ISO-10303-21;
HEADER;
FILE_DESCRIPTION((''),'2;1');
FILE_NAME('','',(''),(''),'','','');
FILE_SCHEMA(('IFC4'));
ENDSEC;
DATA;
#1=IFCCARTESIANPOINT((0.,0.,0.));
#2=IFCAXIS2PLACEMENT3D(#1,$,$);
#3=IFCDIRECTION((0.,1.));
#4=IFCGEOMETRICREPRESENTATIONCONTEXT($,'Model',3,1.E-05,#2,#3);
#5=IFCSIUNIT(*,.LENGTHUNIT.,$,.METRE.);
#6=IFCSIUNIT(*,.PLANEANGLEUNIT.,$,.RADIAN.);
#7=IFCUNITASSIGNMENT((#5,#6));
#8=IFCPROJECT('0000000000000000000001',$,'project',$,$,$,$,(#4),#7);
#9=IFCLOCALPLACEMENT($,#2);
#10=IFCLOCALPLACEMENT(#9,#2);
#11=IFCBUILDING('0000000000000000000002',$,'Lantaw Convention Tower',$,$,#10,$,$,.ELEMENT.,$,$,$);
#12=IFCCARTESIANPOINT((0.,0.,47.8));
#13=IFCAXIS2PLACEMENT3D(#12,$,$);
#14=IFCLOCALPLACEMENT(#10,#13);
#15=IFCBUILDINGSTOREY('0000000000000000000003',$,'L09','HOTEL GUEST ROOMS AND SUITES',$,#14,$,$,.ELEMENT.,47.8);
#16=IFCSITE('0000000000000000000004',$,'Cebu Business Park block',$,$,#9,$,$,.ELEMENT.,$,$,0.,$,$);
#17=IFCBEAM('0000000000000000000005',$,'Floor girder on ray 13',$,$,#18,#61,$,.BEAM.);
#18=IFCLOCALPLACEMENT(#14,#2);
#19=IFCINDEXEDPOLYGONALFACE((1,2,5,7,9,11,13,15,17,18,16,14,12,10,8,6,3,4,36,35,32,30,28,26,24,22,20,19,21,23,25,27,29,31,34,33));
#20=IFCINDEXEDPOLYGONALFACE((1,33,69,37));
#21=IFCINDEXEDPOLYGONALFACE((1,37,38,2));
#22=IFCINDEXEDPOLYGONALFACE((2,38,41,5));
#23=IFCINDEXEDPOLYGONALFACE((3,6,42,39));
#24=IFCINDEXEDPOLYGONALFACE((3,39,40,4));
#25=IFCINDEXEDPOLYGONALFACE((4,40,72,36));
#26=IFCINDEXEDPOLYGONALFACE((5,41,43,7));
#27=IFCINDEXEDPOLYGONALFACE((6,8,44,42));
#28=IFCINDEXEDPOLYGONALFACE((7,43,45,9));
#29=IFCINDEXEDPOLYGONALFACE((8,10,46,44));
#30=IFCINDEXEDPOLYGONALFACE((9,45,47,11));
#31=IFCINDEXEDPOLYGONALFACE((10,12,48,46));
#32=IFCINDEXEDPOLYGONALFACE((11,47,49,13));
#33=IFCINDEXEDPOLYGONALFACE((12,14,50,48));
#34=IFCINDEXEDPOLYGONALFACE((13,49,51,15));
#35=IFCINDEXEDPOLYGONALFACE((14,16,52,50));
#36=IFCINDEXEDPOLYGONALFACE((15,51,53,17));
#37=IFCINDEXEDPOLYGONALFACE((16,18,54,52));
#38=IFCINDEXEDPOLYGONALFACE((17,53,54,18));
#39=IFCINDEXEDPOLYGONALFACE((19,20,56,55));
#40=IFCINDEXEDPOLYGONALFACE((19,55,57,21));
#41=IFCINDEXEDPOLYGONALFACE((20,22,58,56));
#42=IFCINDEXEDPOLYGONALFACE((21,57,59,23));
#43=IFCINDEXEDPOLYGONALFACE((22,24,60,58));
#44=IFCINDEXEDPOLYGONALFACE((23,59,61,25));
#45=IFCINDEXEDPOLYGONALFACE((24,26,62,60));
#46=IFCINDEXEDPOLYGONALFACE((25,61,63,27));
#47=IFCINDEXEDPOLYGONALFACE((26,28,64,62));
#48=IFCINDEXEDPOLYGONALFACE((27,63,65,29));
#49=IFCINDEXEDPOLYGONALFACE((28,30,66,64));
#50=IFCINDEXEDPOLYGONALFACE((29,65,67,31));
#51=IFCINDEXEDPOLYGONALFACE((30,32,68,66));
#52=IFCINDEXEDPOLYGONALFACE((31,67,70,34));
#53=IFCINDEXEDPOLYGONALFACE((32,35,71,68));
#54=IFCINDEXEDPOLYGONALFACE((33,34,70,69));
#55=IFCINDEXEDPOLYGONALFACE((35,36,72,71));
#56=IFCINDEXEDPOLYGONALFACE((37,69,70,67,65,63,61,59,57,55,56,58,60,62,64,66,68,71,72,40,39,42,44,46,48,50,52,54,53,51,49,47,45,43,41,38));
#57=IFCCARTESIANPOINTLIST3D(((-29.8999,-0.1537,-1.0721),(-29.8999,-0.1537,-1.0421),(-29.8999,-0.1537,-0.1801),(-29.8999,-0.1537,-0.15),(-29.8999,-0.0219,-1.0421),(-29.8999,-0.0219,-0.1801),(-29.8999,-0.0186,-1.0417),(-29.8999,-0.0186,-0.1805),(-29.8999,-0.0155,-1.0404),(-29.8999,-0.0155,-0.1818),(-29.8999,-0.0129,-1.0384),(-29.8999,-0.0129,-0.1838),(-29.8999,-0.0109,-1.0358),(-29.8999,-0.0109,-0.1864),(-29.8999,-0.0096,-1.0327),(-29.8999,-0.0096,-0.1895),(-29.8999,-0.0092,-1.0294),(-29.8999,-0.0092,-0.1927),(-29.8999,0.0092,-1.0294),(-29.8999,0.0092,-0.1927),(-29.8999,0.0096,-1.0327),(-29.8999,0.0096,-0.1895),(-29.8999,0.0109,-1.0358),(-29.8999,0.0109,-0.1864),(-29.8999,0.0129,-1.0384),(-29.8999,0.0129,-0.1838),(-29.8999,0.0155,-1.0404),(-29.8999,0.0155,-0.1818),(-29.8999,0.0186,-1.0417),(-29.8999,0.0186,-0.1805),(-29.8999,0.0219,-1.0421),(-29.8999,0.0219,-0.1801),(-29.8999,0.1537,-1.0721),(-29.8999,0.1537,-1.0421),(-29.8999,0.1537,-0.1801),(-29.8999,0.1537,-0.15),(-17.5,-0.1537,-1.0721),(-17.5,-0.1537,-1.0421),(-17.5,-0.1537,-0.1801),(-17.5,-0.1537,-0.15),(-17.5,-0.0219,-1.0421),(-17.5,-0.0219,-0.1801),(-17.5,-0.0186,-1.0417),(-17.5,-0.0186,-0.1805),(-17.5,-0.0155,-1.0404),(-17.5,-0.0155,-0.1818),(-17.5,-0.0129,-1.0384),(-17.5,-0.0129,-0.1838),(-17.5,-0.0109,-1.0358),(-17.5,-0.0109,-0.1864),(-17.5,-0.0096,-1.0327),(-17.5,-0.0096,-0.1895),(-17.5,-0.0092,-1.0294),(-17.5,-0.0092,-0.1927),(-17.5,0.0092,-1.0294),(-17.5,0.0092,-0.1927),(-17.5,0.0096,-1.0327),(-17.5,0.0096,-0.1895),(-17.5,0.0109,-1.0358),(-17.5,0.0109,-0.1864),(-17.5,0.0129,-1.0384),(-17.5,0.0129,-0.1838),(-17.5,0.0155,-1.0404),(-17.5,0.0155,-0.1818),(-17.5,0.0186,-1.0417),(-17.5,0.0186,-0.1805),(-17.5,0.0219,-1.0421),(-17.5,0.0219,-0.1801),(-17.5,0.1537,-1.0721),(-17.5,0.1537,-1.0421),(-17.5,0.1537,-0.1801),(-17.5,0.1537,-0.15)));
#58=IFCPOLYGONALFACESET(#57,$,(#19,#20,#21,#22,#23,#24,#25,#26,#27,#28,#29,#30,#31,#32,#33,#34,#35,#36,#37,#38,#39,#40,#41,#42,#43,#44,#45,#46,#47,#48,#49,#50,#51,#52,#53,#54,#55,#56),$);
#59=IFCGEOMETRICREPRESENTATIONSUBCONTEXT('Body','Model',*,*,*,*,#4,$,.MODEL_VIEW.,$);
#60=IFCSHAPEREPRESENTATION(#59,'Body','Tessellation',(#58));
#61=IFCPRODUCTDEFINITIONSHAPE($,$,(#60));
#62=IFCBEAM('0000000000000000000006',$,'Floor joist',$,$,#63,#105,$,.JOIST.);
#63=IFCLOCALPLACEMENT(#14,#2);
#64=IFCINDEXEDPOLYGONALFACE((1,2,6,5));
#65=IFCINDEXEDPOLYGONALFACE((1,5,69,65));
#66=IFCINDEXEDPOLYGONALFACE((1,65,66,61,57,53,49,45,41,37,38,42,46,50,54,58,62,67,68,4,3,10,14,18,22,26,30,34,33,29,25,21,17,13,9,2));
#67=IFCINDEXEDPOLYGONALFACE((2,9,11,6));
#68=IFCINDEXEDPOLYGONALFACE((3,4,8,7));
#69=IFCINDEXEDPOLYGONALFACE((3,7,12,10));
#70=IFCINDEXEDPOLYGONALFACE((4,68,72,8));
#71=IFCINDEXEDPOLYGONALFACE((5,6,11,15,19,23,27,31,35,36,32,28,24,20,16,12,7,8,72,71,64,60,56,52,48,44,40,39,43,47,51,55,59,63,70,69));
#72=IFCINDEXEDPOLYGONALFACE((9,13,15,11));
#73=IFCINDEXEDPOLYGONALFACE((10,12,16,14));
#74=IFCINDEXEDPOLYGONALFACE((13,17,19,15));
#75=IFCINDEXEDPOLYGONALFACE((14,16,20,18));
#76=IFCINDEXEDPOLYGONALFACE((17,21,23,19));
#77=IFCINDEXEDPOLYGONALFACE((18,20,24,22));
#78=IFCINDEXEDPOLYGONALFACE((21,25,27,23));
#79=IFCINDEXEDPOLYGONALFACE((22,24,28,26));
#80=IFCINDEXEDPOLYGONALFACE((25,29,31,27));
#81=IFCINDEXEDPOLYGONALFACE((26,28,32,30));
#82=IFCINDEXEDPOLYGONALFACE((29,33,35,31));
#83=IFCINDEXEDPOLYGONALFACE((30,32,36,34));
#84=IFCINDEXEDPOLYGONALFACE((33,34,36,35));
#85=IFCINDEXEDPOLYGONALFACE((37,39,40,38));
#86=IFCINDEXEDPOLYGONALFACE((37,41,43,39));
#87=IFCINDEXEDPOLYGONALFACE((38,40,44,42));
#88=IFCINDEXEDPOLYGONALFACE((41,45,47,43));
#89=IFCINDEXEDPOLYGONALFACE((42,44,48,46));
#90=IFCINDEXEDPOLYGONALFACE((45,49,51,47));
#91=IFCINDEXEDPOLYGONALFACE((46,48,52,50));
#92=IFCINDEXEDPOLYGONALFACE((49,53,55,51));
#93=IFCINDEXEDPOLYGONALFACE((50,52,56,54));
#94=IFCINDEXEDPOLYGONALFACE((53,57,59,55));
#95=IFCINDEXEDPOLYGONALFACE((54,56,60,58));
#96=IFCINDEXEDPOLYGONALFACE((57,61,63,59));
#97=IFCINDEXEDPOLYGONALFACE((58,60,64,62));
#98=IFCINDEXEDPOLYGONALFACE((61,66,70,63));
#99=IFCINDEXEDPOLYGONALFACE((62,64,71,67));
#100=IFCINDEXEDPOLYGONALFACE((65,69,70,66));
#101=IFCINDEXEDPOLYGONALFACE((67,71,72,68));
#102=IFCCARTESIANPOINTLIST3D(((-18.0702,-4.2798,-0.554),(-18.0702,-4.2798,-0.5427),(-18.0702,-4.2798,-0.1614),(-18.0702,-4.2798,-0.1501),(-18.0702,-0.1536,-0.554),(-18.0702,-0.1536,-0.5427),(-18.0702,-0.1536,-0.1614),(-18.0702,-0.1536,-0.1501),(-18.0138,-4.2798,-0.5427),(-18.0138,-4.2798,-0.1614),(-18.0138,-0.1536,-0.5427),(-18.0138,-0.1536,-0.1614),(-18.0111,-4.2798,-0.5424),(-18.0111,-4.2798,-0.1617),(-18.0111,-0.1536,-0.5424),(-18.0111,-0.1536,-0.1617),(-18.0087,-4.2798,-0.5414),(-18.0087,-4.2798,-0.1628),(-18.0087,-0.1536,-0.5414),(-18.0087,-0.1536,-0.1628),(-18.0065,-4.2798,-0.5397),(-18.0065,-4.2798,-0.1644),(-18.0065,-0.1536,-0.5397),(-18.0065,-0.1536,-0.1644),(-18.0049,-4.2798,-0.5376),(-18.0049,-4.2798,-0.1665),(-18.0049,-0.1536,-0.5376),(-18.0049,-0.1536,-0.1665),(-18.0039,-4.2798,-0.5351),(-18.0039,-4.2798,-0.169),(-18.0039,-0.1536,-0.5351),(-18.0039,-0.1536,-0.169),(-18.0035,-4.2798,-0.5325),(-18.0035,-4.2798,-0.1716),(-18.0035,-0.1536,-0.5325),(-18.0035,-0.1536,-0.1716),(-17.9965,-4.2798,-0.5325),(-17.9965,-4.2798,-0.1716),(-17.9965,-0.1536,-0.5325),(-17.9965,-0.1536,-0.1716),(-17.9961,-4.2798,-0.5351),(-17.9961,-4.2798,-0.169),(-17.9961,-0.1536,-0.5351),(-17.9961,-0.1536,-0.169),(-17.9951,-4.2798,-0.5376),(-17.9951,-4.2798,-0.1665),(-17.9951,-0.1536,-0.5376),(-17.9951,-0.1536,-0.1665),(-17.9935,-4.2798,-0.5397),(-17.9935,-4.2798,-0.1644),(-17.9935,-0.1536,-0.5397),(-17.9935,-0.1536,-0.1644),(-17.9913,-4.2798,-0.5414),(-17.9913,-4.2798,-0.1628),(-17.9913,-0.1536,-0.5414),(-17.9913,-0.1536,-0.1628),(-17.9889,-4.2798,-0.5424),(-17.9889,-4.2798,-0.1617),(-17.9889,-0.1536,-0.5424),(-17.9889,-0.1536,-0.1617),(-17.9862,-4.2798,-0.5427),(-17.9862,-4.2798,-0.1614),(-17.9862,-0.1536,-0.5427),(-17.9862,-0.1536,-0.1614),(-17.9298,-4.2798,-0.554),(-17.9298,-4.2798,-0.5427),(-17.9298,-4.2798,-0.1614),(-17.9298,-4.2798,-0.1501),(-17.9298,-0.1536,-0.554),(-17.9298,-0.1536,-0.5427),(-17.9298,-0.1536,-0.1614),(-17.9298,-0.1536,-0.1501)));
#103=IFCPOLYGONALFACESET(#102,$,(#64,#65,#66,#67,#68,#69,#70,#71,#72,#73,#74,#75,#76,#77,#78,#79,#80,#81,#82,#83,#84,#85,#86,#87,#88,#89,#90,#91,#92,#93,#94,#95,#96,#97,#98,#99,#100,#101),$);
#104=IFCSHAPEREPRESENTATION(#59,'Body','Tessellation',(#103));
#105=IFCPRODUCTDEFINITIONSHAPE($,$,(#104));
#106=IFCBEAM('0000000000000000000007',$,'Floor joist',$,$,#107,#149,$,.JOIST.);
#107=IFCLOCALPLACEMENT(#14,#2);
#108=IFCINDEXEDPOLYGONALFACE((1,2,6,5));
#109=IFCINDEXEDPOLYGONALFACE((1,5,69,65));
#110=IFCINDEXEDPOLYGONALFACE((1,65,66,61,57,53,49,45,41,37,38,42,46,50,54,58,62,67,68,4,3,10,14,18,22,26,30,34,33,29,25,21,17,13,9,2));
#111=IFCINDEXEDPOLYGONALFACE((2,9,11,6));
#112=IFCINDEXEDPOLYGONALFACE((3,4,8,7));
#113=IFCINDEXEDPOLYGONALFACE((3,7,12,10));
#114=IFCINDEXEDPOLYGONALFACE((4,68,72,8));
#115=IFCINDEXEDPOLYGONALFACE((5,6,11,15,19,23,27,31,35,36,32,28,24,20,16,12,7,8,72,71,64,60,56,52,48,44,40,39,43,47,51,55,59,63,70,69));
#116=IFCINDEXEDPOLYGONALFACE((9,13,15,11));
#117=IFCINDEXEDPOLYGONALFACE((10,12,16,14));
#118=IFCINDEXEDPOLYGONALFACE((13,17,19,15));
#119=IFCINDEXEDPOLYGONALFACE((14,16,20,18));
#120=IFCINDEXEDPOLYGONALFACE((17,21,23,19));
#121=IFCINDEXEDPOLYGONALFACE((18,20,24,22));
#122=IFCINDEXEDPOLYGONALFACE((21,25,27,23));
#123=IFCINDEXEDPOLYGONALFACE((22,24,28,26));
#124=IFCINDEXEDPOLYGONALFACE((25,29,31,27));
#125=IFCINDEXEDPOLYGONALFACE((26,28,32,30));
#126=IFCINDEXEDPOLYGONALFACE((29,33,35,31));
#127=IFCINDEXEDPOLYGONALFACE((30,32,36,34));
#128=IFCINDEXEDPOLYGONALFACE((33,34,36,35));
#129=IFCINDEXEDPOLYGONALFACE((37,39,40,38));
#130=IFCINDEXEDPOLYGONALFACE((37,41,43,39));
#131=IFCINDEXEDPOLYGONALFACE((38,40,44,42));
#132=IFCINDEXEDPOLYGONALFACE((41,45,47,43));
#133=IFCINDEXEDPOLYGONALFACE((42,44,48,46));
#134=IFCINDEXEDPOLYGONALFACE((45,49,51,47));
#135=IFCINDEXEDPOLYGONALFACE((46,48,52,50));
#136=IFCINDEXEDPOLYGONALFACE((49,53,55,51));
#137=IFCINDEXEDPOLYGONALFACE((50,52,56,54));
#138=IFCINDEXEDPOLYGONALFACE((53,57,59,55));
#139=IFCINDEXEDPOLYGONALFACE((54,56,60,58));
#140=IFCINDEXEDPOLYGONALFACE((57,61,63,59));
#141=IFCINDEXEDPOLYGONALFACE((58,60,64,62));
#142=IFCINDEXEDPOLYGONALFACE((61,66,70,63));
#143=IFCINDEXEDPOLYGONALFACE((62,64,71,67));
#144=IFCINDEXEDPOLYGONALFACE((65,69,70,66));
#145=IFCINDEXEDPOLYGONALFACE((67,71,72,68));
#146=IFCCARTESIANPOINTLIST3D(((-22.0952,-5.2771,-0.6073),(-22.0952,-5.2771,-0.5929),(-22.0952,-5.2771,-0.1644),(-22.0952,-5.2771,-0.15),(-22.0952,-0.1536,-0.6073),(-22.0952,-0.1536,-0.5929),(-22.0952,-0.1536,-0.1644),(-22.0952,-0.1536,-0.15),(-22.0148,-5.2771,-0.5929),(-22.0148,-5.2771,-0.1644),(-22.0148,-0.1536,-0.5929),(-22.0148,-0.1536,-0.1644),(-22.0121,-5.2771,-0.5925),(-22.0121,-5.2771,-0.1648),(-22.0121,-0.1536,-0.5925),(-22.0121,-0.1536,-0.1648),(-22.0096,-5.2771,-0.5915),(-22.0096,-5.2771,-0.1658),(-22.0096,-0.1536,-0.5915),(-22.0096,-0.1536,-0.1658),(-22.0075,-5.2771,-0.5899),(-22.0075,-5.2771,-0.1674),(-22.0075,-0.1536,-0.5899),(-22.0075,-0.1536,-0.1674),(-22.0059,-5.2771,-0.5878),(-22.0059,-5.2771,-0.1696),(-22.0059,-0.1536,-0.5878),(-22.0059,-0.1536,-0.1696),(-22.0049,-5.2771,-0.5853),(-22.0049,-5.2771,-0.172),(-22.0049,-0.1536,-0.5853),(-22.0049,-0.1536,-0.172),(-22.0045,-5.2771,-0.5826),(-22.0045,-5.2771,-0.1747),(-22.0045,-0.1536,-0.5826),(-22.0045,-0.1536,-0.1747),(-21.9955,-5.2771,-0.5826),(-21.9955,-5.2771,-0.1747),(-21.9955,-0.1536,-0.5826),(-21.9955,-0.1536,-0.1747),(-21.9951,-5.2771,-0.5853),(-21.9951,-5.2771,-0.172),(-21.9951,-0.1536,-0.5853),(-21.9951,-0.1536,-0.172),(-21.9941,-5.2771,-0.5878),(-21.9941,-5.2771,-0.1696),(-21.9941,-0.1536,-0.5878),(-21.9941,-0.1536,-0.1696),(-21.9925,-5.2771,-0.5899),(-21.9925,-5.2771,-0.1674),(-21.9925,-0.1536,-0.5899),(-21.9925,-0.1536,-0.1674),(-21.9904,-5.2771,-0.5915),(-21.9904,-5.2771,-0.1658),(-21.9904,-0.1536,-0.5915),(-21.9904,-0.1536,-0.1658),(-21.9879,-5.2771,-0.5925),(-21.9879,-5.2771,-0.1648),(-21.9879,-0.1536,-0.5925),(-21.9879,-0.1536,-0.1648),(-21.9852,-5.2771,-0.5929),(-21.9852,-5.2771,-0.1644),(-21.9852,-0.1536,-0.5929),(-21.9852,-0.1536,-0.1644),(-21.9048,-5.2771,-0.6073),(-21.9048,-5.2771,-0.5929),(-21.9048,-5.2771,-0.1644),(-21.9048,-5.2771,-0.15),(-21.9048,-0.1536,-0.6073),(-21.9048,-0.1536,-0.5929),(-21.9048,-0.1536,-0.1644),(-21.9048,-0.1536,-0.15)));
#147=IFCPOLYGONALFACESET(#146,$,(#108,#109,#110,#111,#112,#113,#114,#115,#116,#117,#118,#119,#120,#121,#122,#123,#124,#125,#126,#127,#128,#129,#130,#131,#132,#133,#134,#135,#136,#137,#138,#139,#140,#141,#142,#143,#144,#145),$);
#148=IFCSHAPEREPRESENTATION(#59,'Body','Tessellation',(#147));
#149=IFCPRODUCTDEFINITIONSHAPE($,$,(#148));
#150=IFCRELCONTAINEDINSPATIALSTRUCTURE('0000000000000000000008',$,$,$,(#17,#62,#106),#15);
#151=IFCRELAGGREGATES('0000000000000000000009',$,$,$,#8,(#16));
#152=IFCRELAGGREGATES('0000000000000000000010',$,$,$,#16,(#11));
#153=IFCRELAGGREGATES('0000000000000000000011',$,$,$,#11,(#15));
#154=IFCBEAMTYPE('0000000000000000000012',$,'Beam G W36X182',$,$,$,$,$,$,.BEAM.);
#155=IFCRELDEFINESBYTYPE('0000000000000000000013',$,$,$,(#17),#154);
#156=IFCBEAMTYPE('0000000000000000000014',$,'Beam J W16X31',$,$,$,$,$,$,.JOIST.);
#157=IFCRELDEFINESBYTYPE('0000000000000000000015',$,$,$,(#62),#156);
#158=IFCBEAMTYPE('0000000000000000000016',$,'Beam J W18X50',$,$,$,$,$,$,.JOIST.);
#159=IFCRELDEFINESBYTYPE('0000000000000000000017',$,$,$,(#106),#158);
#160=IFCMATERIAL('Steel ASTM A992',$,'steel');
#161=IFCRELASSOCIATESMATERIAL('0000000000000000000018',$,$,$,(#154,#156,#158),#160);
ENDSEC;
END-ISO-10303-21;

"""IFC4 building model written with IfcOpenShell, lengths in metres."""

from ifc_helpers import new_model, si_unit, direction, frame, origin, origin_2d, place, context, subcontext, project, spatial, i_section, extrude, material, material_profile, profile_set, type_object, element, save


model = new_model("IFC4")

# Units and contexts
model_context = context("Model", 3, precision=1e-05, world=origin(), true_north=direction((0.0, 1.0)))
body_context = subcontext(model_context, "Body", "Model", "MODEL_VIEW")
ifc_project = project(units=[si_unit("LENGTHUNIT", "METRE"), si_unit("PLANEANGLEUNIT", "RADIAN")], contexts=[model_context])

# Site, building, storey
site_placement = place(None, origin())
site = spatial("IfcSite", under=ifc_project, at=site_placement, Name="Cebu Business Park block", CompositionType="ELEMENT", RefElevation=0.0)
building_placement = place(site_placement, origin())
building = spatial("IfcBuilding", under=site, at=building_placement, Name="Lantaw Convention Tower", CompositionType="ELEMENT")
storey_placement = place(building_placement, frame((0.0, 0.0, 47.8)))
storey = spatial("IfcBuildingStorey", under=building, at=storey_placement, Name="L09", Description="HOTEL GUEST ROOMS AND SUITES", CompositionType="ELEMENT", Elevation=47.8)

# Beams
ifc_material_1 = material(Name="Steel ASTM A992", Category="steel")
ifc_material_profile_1 = material_profile(ifc_material_1, i_section(OverallWidth=0.3074, OverallDepth=0.9221, WebThickness=0.0183, FlangeThickness=0.03, FilletRadius=0.0127, at=origin_2d()), Name="W36X182")
ifc_profile_set_1 = profile_set([ifc_material_profile_1], Name="Steel ASTM A992")
beam_type_1 = type_object("IfcBeamType", Name="Beam G W36X182", PredefinedType="BEAM", material=ifc_profile_set_1)
beam_1_placement = place(storey_placement, frame((-17.5, 0.0, -0.6111), z_axis=(-1.0, 0.0, 0.0), x_axis=(0.0, -1.0, 0.0)))
element("IfcBeam", 1, at=beam_1_placement, inside=storey, type_object=beam_type_1, Name="Floor girder on ray 13", PredefinedType="BEAM", context=body_context, shape_type="SweptSolid", body=[
    extrude(i_section(OverallWidth=0.3074, OverallDepth=0.9221, WebThickness=0.0183, FlangeThickness=0.03, FilletRadius=0.0127, at=origin_2d()), origin(), (0.0, 0.0, 1.0), 12.3999),
])
ifc_material_profile_2 = material_profile(ifc_material_1, i_section(OverallWidth=0.1404, OverallDepth=0.4038, WebThickness=0.0071, FlangeThickness=0.0112, FilletRadius=0.0103, at=origin_2d()), Name="W16X31")
ifc_profile_set_2 = profile_set([ifc_material_profile_2], Name="Steel ASTM A992")
beam_type_2 = type_object("IfcBeamType", Name="Beam J W16X31", PredefinedType="JOIST", material=ifc_profile_set_2)
beam_2_placement = place(storey_placement, frame((-18.0, -4.2798, -0.3521), z_axis=(0.0, 1.0, 0.0), x_axis=(-1.0, 0.0, 0.0)))
element("IfcBeam", 2, at=beam_2_placement, inside=storey, type_object=beam_type_2, Name="Floor joist", PredefinedType="JOIST", context=body_context, shape_type="SweptSolid", body=[
    extrude(i_section(OverallWidth=0.1404, OverallDepth=0.4038, WebThickness=0.0071, FlangeThickness=0.0112, FilletRadius=0.0103, at=origin_2d()), origin(), (0.0, 0.0, 1.0), 4.1262),
])
ifc_material_profile_3 = material_profile(ifc_material_1, i_section(OverallWidth=0.1904, OverallDepth=0.4573, WebThickness=0.009, FlangeThickness=0.0144, FilletRadius=0.0103, at=origin_2d()), Name="W18X50")
ifc_profile_set_3 = profile_set([ifc_material_profile_3], Name="Steel ASTM A992")
beam_type_3 = type_object("IfcBeamType", Name="Beam J W18X50", PredefinedType="JOIST", material=ifc_profile_set_3)
beam_3_placement = place(storey_placement, frame((-22.0, -5.2771, -0.3787), z_axis=(0.0, 1.0, 0.0), x_axis=(-1.0, 0.0, 0.0)))
element("IfcBeam", 3, at=beam_3_placement, inside=storey, type_object=beam_type_3, Name="Floor joist", PredefinedType="JOIST", context=body_context, shape_type="SweptSolid", body=[
    extrude(i_section(OverallWidth=0.1904, OverallDepth=0.4573, WebThickness=0.009, FlangeThickness=0.0144, FilletRadius=0.0103, at=origin_2d()), origin(), (0.0, 0.0, 1.0), 5.1235),
])

save(model, "model.ifc")
